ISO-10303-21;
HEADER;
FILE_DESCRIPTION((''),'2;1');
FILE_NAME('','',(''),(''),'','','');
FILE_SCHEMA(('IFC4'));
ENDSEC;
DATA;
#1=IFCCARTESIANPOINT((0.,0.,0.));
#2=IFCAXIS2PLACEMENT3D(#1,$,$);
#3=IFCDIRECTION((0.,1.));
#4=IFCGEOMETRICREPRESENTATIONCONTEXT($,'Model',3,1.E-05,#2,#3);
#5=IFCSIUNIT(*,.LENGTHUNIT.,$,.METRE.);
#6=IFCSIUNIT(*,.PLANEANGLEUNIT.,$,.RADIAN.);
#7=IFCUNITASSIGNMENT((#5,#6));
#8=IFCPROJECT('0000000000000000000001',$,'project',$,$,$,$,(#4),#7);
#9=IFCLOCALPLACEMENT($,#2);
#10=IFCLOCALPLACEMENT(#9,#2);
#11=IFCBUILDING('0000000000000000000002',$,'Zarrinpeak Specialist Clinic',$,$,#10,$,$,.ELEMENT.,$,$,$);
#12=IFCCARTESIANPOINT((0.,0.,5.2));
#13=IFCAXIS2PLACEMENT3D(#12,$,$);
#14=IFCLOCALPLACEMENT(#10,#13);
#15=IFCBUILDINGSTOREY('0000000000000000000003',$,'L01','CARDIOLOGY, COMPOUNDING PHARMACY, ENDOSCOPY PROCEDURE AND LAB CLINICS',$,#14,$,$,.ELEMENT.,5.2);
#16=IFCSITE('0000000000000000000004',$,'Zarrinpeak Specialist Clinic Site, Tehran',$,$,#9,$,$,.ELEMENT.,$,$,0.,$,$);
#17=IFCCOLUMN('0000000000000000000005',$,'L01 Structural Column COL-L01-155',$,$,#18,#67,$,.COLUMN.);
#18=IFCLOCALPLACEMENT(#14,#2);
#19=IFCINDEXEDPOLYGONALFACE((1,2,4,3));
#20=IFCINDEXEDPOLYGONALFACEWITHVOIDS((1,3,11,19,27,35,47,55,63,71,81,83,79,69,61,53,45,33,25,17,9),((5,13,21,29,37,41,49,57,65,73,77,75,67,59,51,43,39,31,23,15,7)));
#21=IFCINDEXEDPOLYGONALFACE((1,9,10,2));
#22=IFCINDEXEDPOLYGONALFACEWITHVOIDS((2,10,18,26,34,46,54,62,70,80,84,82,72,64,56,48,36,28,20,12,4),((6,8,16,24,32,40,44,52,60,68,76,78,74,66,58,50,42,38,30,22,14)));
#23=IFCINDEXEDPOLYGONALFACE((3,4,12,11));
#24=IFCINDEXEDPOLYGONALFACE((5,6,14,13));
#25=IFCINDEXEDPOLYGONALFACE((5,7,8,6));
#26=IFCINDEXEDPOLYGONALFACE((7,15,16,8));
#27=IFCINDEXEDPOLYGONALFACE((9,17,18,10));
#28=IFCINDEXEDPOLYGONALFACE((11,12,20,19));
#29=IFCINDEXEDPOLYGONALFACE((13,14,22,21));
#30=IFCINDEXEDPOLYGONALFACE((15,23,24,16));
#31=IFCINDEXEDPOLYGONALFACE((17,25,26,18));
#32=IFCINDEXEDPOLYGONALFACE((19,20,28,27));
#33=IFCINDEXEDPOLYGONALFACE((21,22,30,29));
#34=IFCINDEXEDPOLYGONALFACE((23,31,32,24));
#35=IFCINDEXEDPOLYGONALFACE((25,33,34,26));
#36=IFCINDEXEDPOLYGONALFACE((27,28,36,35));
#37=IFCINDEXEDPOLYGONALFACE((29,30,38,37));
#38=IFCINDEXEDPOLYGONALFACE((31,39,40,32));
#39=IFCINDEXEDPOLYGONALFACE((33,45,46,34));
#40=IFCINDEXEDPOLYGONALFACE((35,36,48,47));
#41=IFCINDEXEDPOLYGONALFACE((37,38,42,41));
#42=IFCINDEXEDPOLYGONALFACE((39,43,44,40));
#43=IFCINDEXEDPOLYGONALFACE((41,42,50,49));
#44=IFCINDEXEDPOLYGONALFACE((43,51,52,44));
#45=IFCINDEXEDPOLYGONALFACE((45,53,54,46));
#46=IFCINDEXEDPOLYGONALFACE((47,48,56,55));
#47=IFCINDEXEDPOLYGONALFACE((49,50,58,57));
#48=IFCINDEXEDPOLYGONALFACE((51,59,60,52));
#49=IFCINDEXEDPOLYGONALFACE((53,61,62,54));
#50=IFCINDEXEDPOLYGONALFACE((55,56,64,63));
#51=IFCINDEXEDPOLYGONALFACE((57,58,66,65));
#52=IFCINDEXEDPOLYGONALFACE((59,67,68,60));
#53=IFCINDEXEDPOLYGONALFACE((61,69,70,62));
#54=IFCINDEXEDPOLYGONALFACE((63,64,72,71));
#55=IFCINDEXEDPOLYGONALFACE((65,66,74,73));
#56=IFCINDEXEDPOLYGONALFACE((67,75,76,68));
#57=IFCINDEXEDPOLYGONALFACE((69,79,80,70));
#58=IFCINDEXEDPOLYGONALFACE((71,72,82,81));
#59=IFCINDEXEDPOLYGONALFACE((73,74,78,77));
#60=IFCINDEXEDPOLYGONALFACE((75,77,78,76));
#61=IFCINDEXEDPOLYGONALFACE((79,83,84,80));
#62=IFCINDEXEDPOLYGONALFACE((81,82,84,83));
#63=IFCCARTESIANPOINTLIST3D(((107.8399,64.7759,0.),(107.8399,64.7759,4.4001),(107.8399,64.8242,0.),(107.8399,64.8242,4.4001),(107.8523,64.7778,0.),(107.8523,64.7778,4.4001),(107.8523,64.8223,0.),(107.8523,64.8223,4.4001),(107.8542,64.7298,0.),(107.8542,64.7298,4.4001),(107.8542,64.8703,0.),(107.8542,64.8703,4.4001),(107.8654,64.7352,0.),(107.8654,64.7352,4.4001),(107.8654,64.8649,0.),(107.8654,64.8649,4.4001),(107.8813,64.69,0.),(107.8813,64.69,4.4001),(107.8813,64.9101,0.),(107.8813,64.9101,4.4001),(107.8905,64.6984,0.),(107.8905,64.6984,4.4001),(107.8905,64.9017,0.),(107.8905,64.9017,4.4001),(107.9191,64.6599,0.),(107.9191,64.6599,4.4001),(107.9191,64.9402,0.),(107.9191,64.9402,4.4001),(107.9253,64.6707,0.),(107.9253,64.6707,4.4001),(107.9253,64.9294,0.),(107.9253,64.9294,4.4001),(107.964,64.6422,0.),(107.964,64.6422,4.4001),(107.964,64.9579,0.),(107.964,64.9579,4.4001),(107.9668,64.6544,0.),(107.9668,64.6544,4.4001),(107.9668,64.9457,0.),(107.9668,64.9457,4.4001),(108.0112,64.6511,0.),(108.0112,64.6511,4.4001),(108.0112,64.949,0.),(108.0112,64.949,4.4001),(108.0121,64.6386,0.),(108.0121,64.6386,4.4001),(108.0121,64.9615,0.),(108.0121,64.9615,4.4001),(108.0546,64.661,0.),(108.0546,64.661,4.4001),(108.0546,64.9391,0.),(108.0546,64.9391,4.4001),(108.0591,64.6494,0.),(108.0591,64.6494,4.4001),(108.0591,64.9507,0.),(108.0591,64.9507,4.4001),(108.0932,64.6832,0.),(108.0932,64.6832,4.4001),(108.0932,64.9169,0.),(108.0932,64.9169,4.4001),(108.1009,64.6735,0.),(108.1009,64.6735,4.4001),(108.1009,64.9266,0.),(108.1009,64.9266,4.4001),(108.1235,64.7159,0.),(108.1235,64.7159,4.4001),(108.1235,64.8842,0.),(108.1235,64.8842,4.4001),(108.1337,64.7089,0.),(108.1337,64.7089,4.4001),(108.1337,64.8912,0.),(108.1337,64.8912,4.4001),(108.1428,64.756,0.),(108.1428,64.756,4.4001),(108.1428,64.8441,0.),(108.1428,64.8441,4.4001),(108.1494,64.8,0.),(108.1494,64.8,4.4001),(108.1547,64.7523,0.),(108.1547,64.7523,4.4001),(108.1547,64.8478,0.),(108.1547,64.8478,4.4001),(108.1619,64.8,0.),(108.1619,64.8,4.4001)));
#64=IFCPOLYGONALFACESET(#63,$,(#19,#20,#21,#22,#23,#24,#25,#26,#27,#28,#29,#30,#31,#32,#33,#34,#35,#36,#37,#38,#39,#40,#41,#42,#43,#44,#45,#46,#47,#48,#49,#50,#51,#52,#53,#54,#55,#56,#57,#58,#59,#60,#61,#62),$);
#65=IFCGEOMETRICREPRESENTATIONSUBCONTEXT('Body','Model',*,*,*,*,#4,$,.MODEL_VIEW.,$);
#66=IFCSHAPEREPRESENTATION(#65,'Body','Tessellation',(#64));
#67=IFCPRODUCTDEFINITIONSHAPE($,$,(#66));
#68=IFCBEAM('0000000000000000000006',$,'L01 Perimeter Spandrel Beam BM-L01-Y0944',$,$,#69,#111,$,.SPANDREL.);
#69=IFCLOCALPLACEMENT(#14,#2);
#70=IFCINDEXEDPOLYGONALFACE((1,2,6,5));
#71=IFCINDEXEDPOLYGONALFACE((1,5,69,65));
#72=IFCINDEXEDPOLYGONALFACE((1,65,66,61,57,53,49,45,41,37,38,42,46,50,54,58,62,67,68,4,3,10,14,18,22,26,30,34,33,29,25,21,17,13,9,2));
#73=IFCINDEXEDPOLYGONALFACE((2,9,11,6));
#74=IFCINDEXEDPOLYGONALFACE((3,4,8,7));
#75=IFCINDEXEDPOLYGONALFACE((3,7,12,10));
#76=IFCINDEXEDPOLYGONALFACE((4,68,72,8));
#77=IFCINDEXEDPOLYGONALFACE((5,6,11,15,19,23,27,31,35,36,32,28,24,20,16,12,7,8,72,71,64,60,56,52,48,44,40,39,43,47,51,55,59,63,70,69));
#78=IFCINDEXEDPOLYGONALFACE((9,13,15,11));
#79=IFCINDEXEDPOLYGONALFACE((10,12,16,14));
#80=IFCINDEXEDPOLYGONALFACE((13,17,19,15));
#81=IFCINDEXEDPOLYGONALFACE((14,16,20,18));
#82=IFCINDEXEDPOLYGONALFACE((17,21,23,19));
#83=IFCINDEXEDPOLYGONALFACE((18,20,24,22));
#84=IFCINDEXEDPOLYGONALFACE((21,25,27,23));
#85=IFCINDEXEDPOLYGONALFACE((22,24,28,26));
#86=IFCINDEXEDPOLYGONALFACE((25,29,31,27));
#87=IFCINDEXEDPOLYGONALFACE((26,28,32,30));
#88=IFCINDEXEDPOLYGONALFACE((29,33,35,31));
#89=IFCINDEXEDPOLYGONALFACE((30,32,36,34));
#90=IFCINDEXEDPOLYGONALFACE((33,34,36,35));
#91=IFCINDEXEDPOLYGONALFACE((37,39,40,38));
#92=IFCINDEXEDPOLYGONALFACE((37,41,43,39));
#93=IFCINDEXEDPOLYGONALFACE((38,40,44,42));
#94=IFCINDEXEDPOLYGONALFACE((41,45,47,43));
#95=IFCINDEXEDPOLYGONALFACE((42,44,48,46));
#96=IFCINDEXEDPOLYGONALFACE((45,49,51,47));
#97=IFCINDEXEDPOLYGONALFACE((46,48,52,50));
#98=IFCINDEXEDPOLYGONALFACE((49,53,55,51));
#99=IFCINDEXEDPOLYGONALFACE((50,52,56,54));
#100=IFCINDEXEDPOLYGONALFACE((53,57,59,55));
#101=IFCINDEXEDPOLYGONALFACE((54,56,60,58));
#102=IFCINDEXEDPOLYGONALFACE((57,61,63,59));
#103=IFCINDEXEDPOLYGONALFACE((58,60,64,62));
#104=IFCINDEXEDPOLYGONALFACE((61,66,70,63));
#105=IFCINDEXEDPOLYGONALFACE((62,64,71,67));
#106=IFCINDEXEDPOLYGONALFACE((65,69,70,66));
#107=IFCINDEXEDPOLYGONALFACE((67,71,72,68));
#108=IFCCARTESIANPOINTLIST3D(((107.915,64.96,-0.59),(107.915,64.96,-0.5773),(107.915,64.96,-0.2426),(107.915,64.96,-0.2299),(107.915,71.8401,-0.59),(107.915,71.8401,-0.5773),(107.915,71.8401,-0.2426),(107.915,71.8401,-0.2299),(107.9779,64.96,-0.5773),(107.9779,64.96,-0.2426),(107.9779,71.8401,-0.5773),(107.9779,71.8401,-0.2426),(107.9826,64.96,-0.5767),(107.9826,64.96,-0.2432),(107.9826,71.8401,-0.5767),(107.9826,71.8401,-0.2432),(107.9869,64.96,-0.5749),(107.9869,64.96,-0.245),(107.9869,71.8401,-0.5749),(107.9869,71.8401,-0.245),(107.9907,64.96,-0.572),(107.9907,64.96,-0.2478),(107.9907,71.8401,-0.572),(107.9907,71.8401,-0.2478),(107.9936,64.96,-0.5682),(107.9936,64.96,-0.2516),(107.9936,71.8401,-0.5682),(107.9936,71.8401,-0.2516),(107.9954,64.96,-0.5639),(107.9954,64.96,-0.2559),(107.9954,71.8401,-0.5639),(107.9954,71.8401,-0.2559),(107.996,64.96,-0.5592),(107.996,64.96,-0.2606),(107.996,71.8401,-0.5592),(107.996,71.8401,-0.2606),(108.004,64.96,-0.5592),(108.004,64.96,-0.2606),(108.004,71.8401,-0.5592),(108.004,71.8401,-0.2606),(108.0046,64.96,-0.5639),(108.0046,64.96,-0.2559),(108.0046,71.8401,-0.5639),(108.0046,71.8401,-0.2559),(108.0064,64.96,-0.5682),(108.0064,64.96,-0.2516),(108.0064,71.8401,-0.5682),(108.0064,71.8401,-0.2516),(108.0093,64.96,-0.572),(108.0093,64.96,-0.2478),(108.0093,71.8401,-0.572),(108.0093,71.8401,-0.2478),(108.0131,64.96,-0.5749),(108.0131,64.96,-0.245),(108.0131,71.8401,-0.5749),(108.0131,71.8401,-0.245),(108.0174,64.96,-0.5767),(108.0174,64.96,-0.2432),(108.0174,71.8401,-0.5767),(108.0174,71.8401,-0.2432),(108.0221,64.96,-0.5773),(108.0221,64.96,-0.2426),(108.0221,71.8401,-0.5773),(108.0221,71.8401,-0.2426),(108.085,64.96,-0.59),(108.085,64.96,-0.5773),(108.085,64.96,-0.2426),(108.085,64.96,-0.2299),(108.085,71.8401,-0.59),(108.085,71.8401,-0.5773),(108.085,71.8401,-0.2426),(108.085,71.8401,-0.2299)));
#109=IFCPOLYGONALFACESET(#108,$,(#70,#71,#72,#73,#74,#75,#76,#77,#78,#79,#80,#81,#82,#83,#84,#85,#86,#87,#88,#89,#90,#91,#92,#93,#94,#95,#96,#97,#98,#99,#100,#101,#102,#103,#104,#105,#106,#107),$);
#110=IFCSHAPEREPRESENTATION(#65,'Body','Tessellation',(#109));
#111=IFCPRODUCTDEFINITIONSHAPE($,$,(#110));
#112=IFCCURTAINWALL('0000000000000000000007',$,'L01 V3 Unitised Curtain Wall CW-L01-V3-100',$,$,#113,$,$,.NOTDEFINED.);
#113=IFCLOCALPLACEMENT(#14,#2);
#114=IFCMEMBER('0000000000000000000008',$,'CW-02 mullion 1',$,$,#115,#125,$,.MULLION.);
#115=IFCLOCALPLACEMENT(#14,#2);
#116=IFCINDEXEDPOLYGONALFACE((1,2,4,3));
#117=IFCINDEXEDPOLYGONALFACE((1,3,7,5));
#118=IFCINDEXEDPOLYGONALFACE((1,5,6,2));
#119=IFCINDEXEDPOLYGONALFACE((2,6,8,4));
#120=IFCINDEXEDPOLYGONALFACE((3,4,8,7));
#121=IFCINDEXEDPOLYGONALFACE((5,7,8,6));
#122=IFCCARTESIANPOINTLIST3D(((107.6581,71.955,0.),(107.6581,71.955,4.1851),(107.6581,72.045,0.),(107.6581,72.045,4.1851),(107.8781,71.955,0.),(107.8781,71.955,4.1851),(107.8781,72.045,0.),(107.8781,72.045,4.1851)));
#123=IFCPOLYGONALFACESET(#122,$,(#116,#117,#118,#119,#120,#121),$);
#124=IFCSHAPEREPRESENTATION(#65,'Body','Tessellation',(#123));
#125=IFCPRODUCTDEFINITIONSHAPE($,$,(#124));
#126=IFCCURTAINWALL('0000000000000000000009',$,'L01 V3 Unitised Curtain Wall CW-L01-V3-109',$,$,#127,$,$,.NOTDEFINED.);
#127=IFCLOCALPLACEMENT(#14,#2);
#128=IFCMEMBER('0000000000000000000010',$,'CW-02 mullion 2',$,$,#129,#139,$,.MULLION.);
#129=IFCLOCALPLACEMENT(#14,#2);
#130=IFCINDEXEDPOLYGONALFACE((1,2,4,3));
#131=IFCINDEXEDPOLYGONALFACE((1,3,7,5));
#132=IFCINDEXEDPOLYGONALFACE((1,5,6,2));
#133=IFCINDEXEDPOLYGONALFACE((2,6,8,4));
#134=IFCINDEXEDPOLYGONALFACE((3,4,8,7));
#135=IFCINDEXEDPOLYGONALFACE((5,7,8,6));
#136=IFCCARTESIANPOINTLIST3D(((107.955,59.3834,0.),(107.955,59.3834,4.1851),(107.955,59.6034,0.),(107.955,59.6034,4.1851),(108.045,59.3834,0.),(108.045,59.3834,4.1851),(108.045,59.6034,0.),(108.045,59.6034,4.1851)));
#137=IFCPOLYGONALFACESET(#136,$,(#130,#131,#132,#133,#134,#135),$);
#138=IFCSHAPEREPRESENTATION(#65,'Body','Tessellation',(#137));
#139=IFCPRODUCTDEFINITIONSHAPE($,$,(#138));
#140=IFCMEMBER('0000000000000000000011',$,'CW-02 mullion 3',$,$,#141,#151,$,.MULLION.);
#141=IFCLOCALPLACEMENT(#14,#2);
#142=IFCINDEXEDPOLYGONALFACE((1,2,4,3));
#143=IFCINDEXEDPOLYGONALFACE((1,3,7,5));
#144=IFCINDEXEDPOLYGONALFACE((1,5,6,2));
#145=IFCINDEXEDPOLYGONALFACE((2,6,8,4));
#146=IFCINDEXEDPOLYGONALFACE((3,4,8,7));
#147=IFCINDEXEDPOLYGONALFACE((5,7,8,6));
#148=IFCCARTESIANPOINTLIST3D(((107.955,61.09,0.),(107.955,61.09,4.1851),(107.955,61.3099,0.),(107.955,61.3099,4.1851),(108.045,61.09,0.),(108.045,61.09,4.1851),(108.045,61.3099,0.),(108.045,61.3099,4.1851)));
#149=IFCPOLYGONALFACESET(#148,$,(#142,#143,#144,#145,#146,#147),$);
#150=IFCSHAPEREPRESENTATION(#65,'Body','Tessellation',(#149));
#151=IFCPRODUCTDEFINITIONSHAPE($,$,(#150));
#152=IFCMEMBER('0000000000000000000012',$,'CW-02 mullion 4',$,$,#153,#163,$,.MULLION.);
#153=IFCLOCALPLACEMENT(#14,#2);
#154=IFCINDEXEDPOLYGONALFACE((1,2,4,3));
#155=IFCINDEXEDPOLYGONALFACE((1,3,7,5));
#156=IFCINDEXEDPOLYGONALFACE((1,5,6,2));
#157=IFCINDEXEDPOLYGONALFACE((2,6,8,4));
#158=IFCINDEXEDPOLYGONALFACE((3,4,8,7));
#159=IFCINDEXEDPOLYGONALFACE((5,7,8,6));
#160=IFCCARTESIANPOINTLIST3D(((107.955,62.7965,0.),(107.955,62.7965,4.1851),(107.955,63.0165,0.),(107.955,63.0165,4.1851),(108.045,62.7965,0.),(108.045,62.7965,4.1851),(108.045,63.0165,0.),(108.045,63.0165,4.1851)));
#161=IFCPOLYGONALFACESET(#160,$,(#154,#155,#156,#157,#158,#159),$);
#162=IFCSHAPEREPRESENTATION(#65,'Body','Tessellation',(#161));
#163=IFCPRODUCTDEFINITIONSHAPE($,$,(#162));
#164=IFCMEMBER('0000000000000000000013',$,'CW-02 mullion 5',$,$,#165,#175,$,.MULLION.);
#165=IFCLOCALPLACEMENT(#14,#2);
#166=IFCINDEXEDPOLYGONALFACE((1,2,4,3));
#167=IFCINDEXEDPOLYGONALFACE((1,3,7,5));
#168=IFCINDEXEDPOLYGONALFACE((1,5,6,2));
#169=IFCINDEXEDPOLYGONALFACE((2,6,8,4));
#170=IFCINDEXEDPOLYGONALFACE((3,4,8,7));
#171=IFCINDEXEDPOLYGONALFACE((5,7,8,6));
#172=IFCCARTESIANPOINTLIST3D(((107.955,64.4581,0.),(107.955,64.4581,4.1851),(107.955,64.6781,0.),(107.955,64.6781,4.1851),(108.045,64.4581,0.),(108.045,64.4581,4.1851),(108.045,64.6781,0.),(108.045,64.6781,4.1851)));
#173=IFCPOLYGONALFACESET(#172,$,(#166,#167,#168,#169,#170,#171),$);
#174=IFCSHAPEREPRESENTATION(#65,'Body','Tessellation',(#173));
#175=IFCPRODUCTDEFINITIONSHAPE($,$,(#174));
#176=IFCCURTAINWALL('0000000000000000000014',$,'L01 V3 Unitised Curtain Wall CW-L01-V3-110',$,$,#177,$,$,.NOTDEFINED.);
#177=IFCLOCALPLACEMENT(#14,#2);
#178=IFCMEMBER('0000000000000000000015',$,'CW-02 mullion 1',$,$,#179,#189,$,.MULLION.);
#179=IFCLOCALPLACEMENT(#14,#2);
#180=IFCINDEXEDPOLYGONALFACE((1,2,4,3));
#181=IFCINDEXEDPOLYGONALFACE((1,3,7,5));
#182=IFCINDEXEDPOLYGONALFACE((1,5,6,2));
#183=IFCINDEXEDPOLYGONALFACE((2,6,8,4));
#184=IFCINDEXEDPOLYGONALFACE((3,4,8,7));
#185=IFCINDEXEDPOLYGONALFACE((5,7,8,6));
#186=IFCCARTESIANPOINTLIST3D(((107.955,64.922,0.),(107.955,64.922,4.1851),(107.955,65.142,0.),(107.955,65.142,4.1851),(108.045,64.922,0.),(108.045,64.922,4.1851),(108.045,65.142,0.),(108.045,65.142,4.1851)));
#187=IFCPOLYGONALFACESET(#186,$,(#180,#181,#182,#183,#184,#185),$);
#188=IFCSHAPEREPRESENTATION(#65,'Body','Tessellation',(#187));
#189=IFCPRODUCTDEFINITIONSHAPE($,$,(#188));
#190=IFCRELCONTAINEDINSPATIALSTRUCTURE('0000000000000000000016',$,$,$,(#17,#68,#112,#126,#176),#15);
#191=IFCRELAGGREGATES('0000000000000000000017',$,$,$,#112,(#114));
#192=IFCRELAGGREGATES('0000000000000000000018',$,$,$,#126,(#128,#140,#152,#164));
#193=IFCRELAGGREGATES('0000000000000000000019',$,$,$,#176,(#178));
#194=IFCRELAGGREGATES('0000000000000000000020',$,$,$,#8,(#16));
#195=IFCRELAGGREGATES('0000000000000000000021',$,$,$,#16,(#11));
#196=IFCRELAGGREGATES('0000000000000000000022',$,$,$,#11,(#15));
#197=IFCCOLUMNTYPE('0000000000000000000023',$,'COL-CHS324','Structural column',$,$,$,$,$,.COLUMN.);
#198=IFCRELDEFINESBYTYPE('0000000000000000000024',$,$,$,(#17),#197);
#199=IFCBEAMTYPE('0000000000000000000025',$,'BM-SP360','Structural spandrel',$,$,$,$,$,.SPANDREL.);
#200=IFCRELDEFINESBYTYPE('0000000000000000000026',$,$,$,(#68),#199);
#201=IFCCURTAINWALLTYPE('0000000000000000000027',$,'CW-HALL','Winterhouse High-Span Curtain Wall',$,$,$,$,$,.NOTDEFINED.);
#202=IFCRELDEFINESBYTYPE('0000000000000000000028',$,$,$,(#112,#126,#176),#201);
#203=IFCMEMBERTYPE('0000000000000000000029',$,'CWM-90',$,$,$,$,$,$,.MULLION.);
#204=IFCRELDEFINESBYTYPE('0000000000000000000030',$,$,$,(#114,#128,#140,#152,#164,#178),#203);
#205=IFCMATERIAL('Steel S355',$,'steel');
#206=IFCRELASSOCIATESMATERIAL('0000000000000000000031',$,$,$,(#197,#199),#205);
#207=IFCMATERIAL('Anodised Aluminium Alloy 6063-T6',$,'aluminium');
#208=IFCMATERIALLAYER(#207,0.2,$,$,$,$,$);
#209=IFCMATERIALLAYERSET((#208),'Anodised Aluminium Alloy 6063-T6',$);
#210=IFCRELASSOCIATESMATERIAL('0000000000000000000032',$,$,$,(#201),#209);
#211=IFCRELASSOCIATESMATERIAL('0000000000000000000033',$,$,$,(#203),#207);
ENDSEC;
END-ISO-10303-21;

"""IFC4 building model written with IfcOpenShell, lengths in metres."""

from ifc_helpers import new_model, si_unit, direction, frame, origin, origin_2d, place, context, subcontext, project, spatial, rectangle, hollow_circle, i_section, extrude, material, layer, layer_set, material_profile, profile_set, type_object, element, aggregate, save


model = new_model("IFC4")

# Units and contexts
model_context = context("Model", 3, precision=1e-05, world=origin(), true_north=direction((0.0, 1.0)))
body_context = subcontext(model_context, "Body", "Model", "MODEL_VIEW")
ifc_project = project(units=[si_unit("LENGTHUNIT", "METRE"), si_unit("PLANEANGLEUNIT", "RADIAN")], contexts=[model_context])

# Site, building, storey
site_placement = place(None, origin())
site = spatial("IfcSite", under=ifc_project, at=site_placement, Name="Zarrinpeak Specialist Clinic Site, Tehran", CompositionType="ELEMENT", RefElevation=0.0)
building_placement = place(site_placement, origin())
building = spatial("IfcBuilding", under=site, at=building_placement, Name="Zarrinpeak Specialist Clinic", CompositionType="ELEMENT")
storey_placement = place(building_placement, frame((0.0, 0.0, 5.2)))
storey = spatial("IfcBuildingStorey", under=building, at=storey_placement, Name="L01", Description="CARDIOLOGY, COMPOUNDING PHARMACY, ENDOSCOPY PROCEDURE AND LAB CLINICS", CompositionType="ELEMENT", Elevation=5.2)

# Column
ifc_material_1 = material(Name="Steel S355", Category="steel")
ifc_material_profile_1 = material_profile(ifc_material_1, hollow_circle(Radius=0.1619, WallThickness=0.0125, at=origin_2d()), Name="CHS 323.9x12.5")
ifc_profile_set_1 = profile_set([ifc_material_profile_1], Name="Steel S355")
column_type = type_object("IfcColumnType", Name="COL-CHS324", Description="Structural column", PredefinedType="COLUMN", material=ifc_profile_set_1)
column_placement = place(storey_placement, frame((108.0, 64.8, 0.0), z_axis=(0.0, 0.0, 1.0), x_axis=(1.0, 0.0, 0.0)))
element("IfcColumn", 1, at=column_placement, inside=storey, type_object=column_type, Name="L01 Structural Column COL-L01-155", PredefinedType="COLUMN", context=body_context, shape_type="SweptSolid", body=[
    extrude(hollow_circle(Radius=0.1619, WallThickness=0.0125, at=origin_2d()), origin(), (0.0, 0.0, 1.0), 4.4001),
])

# Beam
ifc_material_profile_2 = material_profile(ifc_material_1, i_section(OverallWidth=0.1699, OverallDepth=0.3601, WebThickness=0.0081, FlangeThickness=0.0127, FilletRadius=0.0181, at=origin_2d()), Name="IPE 360")
ifc_profile_set_2 = profile_set([ifc_material_profile_2], Name="Steel S355")
beam_type = type_object("IfcBeamType", Name="BM-SP360", Description="Structural spandrel", PredefinedType="SPANDREL", material=ifc_profile_set_2)
beam_placement = place(storey_placement, frame((108.0, 64.96, -0.4099), z_axis=(0.0, 1.0, 0.0), x_axis=(-1.0, 0.0, 0.0)))
element("IfcBeam", 2, at=beam_placement, inside=storey, type_object=beam_type, Name="L01 Perimeter Spandrel Beam BM-L01-Y0944", PredefinedType="SPANDREL", context=body_context, shape_type="SweptSolid", body=[
    extrude(i_section(OverallWidth=0.1699, OverallDepth=0.3601, WebThickness=0.0081, FlangeThickness=0.0127, FilletRadius=0.0181, at=origin_2d()), origin(), (0.0, 0.0, 1.0), 6.8801),
])

# Curtain wall, member
ifc_material_2 = material(Name="Anodised Aluminium Alloy 6063-T6", Category="aluminium")
ifc_layer_1 = layer(ifc_material_2, 0.2)
ifc_layer_set_1 = layer_set([ifc_layer_1], Name="Anodised Aluminium Alloy 6063-T6")
curtain_wall_type = type_object("IfcCurtainWallType", Name="CW-HALL", Description="Winterhouse High-Span Curtain Wall", PredefinedType="NOTDEFINED", material=ifc_layer_set_1)
curtain_wall_1_placement = place(storey_placement, origin())
curtain_wall_1 = element("IfcCurtainWall", 3, at=curtain_wall_1_placement, inside=storey, type_object=curtain_wall_type, Name="L01 V3 Unitised Curtain Wall CW-L01-V3-100", PredefinedType="NOTDEFINED")
ifc_material_profile_3 = material_profile(ifc_material_2, rectangle(XDim=0.0901, YDim=0.22, at=origin_2d()), Name="ALU 90x220")
ifc_profile_set_3 = profile_set([ifc_material_profile_3], Name="Anodised Aluminium Alloy 6063-T6")
member_type_1 = type_object("IfcMemberType", Name="CWM-90", PredefinedType="MULLION", material=ifc_profile_set_3)
member_1_placement = place(storey_placement, frame((107.7681, 72.0, 0.0), z_axis=(0.0, 0.0, 1.0), x_axis=(0.0, -1.0, 0.0)))
member_1 = element("IfcMember", 4, at=member_1_placement, type_object=member_type_1, Name="CW-02 mullion 1", PredefinedType="MULLION", context=body_context, shape_type="SweptSolid", body=[
    extrude(rectangle(XDim=0.0901, YDim=0.22, at=origin_2d()), origin(), (0.0, 0.0, 1.0), 4.1851),
])
aggregate(curtain_wall_1, [member_1])

# Curtain wall, members
curtain_wall_2_placement = place(storey_placement, origin())
curtain_wall_2 = element("IfcCurtainWall", 5, at=curtain_wall_2_placement, inside=storey, type_object=curtain_wall_type, Name="L01 V3 Unitised Curtain Wall CW-L01-V3-109", PredefinedType="NOTDEFINED")
member_2_placement = place(storey_placement, frame((108.0, 59.4934, 0.0), z_axis=(0.0, 0.0, 1.0), x_axis=(-1.0, 0.0, 0.0)))
member_2 = element("IfcMember", 6, at=member_2_placement, type_object=member_type_1, Name="CW-02 mullion 2", PredefinedType="MULLION", context=body_context, shape_type="SweptSolid", body=[
    extrude(rectangle(XDim=0.0901, YDim=0.22, at=origin_2d()), origin(), (0.0, 0.0, 1.0), 4.1851),
])
member_3_placement = place(storey_placement, frame((108.0, 61.2, 0.0), z_axis=(0.0, 0.0, 1.0), x_axis=(-1.0, 0.0, 0.0)))
member_3 = element("IfcMember", 7, at=member_3_placement, type_object=member_type_1, Name="CW-02 mullion 3", PredefinedType="MULLION", context=body_context, shape_type="SweptSolid", body=[
    extrude(rectangle(XDim=0.0901, YDim=0.22, at=origin_2d()), origin(), (0.0, 0.0, 1.0), 4.1851),
])
member_4_placement = place(storey_placement, frame((108.0, 62.9065, 0.0), z_axis=(0.0, 0.0, 1.0), x_axis=(-1.0, 0.0, 0.0)))
member_4 = element("IfcMember", 8, at=member_4_placement, type_object=member_type_1, Name="CW-02 mullion 4", PredefinedType="MULLION", context=body_context, shape_type="SweptSolid", body=[
    extrude(rectangle(XDim=0.0901, YDim=0.22, at=origin_2d()), origin(), (0.0, 0.0, 1.0), 4.1851),
])
member_5_placement = place(storey_placement, frame((108.0, 64.5681, 0.0), z_axis=(0.0, 0.0, 1.0), x_axis=(-1.0, 0.0, 0.0)))
member_5 = element("IfcMember", 9, at=member_5_placement, type_object=member_type_1, Name="CW-02 mullion 5", PredefinedType="MULLION", context=body_context, shape_type="SweptSolid", body=[
    extrude(rectangle(XDim=0.0901, YDim=0.22, at=origin_2d()), origin(), (0.0, 0.0, 1.0), 4.1851),
])

# Curtain wall, member
curtain_wall_3_placement = place(storey_placement, origin())
curtain_wall_3 = element("IfcCurtainWall", 10, at=curtain_wall_3_placement, inside=storey, type_object=curtain_wall_type, Name="L01 V3 Unitised Curtain Wall CW-L01-V3-110", PredefinedType="NOTDEFINED")
member_6_placement = place(storey_placement, frame((108.0, 65.032, 0.0), z_axis=(0.0, 0.0, 1.0), x_axis=(-1.0, 0.0, 0.0)))
member_6 = element("IfcMember", 11, at=member_6_placement, type_object=member_type_1, Name="CW-02 mullion 1", PredefinedType="MULLION", context=body_context, shape_type="SweptSolid", body=[
    extrude(rectangle(XDim=0.0901, YDim=0.22, at=origin_2d()), origin(), (0.0, 0.0, 1.0), 4.1851),
])

aggregate(curtain_wall_2, [member_2, member_3, member_4, member_5])
aggregate(curtain_wall_3, [member_6])

save(model, "model.ifc")
